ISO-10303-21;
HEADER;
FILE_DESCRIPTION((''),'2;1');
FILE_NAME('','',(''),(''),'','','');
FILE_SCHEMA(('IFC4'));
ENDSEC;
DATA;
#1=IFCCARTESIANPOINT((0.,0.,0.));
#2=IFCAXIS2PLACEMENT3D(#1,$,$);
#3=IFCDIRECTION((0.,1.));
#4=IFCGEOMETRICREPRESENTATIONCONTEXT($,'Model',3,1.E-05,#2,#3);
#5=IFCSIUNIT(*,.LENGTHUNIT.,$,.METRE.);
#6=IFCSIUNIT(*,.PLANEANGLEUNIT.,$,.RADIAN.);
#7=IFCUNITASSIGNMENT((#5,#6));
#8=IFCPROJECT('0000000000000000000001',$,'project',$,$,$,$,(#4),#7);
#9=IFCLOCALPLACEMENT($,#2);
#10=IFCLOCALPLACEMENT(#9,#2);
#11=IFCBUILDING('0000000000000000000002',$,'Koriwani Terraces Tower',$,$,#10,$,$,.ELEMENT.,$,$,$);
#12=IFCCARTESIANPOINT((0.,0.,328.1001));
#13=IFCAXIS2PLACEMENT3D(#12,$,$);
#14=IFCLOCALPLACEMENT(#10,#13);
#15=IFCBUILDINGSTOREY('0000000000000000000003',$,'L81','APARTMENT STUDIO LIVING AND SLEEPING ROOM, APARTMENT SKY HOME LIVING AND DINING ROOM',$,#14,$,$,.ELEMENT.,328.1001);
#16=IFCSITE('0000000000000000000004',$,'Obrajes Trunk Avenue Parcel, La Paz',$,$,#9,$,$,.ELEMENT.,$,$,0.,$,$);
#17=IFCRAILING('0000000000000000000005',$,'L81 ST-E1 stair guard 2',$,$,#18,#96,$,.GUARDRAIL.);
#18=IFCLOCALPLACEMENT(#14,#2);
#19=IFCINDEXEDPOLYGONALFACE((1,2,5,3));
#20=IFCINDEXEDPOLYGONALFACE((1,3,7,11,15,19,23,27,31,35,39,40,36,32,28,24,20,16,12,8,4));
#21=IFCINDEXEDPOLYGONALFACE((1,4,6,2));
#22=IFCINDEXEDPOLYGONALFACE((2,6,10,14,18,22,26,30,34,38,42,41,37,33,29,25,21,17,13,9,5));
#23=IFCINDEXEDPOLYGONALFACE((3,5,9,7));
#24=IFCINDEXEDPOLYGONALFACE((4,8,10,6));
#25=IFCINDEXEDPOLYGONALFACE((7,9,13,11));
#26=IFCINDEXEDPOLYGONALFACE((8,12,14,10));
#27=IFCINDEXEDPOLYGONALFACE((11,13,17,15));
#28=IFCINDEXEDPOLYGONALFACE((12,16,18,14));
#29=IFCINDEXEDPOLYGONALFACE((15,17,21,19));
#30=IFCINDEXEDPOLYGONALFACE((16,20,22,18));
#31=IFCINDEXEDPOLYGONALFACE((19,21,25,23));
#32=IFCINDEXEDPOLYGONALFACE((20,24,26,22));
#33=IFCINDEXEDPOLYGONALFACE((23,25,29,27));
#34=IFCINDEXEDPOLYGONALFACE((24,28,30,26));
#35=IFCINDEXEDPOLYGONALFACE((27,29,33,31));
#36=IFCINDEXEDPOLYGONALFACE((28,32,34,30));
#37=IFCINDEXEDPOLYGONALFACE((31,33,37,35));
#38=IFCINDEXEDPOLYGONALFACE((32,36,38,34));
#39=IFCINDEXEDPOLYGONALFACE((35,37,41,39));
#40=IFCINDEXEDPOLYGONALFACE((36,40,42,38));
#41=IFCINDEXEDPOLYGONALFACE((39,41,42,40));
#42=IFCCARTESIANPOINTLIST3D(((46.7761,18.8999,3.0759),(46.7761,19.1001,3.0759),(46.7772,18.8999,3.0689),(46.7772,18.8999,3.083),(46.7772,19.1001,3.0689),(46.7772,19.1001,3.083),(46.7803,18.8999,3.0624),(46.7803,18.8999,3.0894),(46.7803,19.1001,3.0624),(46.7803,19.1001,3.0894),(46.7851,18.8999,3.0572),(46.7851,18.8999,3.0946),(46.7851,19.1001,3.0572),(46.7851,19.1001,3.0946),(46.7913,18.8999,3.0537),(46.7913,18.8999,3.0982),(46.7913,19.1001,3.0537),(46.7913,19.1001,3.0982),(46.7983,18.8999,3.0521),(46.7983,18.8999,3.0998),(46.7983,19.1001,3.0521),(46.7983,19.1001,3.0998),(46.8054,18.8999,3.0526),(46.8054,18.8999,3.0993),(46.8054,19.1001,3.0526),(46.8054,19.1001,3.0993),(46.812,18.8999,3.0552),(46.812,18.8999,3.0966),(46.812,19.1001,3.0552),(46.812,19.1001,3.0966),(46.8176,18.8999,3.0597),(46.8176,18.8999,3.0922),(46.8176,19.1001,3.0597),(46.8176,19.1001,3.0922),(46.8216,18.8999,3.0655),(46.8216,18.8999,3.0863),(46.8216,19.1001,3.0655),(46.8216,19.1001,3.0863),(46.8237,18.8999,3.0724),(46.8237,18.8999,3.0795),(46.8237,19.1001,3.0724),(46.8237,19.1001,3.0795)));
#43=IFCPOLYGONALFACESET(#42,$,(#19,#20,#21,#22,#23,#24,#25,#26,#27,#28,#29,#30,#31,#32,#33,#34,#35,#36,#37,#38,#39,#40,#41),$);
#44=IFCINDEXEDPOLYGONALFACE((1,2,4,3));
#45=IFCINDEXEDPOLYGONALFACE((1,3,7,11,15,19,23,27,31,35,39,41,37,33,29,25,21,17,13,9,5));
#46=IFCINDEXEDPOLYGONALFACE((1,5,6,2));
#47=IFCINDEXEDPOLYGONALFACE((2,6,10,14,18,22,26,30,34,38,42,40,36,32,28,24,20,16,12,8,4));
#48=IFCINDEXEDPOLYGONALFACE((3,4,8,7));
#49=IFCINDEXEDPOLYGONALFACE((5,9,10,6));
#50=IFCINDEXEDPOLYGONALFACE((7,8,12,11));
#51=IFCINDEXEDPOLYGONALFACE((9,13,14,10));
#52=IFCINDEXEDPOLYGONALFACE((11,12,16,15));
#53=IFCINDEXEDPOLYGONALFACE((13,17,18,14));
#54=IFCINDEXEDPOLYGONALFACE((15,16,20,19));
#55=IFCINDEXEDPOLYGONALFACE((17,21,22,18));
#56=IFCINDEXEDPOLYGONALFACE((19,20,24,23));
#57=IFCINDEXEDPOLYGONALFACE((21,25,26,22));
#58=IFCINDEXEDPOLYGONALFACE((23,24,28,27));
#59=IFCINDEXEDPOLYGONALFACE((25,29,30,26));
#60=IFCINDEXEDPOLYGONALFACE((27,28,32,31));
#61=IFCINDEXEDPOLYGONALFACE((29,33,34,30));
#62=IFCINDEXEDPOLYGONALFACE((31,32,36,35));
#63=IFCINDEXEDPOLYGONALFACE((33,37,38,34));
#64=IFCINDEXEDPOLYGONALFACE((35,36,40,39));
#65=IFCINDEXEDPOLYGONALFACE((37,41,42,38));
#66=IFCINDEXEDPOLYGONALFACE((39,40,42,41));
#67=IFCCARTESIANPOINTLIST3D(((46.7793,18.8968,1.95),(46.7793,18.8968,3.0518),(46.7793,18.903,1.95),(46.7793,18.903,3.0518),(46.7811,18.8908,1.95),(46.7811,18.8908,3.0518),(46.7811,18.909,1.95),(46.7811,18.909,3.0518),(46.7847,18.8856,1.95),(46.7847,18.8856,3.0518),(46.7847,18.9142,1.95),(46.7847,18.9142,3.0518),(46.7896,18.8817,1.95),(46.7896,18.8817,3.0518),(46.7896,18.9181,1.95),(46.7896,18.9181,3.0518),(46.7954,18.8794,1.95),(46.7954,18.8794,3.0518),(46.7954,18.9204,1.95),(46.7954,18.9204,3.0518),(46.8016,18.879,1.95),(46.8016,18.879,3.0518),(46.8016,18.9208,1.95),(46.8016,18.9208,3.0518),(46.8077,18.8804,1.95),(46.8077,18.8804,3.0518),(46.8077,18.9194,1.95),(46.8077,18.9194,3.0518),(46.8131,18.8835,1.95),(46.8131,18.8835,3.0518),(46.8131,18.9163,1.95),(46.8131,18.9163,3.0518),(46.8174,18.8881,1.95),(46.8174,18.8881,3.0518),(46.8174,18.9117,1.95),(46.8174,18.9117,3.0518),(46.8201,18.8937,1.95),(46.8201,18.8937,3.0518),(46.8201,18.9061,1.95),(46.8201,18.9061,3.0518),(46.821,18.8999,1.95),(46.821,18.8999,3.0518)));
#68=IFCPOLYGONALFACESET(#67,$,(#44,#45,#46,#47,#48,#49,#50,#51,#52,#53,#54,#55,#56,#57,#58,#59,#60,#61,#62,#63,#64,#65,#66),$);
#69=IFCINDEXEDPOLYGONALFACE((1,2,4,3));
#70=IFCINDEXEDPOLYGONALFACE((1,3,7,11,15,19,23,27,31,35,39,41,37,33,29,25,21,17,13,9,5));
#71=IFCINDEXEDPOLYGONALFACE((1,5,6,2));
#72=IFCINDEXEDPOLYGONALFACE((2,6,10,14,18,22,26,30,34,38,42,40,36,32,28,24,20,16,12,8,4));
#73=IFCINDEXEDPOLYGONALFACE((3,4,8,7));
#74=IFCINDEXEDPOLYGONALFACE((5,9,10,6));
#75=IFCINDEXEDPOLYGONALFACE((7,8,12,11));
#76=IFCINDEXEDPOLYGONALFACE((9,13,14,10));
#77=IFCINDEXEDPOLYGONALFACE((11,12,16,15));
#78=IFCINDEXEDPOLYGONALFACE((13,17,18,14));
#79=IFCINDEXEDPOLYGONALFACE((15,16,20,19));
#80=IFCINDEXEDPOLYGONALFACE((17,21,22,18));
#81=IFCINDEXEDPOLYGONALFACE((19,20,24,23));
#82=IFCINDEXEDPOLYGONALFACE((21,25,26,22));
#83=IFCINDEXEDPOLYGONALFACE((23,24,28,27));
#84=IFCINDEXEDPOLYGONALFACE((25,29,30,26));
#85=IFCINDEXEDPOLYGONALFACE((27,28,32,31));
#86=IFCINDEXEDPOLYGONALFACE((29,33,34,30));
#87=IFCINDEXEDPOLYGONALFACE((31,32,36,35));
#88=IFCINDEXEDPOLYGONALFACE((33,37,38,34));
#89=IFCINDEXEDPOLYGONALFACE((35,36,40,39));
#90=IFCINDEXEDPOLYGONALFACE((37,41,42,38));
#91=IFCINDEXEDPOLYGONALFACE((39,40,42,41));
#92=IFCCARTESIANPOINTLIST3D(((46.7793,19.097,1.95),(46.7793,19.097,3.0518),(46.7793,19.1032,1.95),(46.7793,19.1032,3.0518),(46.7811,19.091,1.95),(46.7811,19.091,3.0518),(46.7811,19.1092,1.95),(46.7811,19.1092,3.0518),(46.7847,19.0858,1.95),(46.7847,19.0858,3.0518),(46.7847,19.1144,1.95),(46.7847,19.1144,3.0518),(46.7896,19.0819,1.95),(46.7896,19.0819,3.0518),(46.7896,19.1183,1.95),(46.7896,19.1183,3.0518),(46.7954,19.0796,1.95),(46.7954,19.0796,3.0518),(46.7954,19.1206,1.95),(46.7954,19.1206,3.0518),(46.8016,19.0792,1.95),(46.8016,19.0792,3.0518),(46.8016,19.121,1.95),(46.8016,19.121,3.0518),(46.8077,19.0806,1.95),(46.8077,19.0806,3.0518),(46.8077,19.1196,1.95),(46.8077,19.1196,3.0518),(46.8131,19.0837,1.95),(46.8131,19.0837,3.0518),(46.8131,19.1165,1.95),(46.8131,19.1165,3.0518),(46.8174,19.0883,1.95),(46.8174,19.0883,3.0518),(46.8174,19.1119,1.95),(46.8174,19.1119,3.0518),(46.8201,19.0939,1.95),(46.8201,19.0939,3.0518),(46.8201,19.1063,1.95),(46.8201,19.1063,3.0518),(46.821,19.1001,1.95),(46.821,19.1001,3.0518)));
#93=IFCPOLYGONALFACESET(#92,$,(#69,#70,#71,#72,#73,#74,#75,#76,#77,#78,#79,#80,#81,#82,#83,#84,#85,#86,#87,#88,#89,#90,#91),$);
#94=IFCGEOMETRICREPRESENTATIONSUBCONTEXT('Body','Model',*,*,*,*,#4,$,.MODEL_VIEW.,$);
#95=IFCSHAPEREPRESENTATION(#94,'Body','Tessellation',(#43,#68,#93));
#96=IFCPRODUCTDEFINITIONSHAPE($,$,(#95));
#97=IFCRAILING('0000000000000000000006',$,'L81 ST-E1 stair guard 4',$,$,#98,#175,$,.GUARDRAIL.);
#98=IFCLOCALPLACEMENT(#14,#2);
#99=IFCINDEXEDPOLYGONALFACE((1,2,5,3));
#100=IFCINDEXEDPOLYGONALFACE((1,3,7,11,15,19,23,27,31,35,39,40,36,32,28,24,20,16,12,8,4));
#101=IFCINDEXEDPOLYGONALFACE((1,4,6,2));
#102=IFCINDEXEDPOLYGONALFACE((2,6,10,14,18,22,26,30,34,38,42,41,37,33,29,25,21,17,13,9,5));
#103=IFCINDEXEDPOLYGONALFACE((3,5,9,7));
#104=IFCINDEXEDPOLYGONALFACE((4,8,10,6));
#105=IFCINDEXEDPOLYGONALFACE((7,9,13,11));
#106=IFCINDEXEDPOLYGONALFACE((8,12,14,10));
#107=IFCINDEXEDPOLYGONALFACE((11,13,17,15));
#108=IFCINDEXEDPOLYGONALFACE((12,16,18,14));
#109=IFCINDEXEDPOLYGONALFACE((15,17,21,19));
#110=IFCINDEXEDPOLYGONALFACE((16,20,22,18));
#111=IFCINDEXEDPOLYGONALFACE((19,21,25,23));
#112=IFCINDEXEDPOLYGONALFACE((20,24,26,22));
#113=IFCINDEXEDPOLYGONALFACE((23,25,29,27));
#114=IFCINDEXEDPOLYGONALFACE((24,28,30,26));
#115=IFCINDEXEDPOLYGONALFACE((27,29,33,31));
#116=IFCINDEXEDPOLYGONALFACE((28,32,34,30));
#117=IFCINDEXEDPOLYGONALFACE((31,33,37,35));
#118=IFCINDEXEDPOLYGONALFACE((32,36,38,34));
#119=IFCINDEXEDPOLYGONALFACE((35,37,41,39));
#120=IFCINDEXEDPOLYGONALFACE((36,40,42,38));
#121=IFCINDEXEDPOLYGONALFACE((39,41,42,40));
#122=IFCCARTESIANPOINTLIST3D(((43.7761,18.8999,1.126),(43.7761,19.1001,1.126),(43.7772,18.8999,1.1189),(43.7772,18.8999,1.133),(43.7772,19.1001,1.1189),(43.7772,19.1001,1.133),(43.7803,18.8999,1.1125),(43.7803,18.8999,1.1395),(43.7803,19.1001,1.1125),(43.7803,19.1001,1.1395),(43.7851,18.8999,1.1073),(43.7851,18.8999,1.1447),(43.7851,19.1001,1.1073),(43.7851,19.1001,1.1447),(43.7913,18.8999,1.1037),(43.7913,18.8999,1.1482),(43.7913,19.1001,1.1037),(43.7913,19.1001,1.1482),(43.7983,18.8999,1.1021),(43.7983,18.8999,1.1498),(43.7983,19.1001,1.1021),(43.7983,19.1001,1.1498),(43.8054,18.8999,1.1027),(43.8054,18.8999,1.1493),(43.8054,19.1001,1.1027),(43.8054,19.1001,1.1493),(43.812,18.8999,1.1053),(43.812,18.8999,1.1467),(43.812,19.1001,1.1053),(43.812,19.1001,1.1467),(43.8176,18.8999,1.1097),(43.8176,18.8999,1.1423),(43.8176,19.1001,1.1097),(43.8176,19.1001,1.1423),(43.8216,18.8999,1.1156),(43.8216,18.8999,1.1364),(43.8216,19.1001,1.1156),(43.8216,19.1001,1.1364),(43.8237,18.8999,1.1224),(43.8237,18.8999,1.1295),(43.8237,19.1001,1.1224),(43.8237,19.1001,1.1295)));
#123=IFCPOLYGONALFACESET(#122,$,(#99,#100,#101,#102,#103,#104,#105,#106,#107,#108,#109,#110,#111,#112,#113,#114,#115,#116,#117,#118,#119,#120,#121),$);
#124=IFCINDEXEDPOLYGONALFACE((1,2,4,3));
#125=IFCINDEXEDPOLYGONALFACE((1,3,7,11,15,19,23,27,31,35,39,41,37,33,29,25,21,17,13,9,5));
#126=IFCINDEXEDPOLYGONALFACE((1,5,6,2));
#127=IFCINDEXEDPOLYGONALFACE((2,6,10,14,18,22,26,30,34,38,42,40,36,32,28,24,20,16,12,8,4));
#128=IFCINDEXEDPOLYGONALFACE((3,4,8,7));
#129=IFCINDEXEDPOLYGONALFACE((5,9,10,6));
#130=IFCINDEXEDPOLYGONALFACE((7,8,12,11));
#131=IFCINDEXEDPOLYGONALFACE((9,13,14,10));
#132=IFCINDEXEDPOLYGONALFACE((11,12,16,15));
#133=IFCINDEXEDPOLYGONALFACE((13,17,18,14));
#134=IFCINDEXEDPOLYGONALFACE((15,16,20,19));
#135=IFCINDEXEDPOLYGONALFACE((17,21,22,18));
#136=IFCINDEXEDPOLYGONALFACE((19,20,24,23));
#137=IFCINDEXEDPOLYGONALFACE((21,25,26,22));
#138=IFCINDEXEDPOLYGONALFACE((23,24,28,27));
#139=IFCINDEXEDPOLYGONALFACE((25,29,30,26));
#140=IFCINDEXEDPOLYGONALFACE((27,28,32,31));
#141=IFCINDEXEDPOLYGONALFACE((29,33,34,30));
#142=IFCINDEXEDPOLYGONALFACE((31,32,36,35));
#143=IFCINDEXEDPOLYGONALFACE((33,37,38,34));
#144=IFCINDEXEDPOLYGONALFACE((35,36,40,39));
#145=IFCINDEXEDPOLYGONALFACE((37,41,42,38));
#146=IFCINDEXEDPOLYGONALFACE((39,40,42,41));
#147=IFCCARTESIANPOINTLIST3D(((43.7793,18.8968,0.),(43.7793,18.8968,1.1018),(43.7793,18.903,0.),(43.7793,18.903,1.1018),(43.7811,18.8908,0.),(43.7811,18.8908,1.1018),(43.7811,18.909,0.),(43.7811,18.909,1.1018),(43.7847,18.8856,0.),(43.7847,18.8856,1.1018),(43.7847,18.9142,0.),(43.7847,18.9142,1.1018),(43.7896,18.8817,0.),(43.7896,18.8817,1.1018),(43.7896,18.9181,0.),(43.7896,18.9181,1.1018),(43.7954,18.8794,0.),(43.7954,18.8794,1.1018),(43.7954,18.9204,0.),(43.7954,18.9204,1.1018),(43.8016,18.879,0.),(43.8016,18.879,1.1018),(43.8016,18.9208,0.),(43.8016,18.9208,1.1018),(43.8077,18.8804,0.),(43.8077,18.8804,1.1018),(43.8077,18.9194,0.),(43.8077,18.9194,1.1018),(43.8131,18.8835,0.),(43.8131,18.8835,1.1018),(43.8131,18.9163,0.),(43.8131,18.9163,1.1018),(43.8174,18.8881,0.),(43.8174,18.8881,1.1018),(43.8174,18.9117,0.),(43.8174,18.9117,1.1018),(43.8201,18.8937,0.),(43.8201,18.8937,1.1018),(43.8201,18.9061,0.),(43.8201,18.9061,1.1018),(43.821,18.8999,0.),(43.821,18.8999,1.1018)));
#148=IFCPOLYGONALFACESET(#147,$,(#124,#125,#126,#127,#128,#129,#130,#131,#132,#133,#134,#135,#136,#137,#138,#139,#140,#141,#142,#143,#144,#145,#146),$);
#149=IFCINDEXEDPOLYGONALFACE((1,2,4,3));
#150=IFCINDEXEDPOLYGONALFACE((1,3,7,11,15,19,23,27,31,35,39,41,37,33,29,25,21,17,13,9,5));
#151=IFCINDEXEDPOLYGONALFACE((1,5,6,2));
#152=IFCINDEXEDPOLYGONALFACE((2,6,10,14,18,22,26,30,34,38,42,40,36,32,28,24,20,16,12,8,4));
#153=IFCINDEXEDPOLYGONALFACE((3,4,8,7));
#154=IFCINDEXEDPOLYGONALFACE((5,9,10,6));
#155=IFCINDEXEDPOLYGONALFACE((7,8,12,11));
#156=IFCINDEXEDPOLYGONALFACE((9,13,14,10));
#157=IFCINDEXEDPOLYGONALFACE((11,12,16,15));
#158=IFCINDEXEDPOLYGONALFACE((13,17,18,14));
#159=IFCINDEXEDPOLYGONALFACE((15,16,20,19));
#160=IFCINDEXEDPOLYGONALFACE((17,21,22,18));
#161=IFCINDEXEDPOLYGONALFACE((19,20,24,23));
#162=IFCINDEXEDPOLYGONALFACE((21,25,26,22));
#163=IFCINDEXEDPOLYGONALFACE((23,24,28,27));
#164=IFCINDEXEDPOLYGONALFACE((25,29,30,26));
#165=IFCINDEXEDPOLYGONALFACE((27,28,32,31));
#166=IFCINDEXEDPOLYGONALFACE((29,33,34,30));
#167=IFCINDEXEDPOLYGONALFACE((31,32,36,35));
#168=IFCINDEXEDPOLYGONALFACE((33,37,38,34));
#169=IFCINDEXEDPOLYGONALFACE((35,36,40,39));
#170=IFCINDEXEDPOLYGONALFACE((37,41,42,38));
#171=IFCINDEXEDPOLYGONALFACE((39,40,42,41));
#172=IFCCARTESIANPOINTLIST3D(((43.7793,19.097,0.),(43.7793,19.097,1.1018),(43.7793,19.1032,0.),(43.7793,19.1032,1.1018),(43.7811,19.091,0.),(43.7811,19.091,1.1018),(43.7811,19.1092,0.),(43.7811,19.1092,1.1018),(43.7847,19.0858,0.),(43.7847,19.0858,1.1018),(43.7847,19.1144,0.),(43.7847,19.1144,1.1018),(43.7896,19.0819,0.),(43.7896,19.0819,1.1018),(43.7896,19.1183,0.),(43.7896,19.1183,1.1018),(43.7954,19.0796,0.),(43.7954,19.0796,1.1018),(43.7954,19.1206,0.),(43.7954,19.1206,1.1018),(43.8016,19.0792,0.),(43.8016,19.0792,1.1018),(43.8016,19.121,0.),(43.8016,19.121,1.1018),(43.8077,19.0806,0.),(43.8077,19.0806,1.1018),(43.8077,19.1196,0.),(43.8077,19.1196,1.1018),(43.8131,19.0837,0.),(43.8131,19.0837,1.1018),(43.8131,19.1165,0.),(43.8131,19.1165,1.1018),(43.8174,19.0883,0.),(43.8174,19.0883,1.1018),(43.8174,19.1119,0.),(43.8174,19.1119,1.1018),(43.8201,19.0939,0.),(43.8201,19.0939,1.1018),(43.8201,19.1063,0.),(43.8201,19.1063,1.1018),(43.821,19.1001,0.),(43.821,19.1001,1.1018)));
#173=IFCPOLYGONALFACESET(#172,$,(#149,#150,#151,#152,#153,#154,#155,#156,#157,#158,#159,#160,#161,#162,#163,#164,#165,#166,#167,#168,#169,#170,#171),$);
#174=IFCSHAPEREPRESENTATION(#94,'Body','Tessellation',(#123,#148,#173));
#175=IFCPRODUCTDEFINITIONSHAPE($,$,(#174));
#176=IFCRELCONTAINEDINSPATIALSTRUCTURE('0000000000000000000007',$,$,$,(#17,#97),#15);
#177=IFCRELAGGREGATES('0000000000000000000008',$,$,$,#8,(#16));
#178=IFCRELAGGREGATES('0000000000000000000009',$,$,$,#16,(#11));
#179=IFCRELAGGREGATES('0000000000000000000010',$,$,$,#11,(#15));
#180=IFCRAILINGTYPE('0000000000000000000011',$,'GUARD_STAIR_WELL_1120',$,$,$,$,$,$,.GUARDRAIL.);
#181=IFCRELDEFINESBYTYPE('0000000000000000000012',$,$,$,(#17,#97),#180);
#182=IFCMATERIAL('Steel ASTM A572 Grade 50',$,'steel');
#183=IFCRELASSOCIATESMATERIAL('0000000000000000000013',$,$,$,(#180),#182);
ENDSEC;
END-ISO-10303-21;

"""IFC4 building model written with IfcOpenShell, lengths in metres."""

from ifc_helpers import new_model, si_unit, direction, frame, origin, origin_2d, place, context, subcontext, project, spatial, circle, extrude, material, type_object, element, save


model = new_model("IFC4")

# Units and contexts
model_context = context("Model", 3, precision=1e-05, world=origin(), true_north=direction((0.0, 1.0)))
body_context = subcontext(model_context, "Body", "Model", "MODEL_VIEW")
ifc_project = project(units=[si_unit("LENGTHUNIT", "METRE"), si_unit("PLANEANGLEUNIT", "RADIAN")], contexts=[model_context])

# Site, building, storey
site_placement = place(None, origin())
site = spatial("IfcSite", under=ifc_project, at=site_placement, Name="Obrajes Trunk Avenue Parcel, La Paz", CompositionType="ELEMENT", RefElevation=0.0)
building_placement = place(site_placement, origin())
building = spatial("IfcBuilding", under=site, at=building_placement, Name="Koriwani Terraces Tower", CompositionType="ELEMENT")
storey_placement = place(building_placement, frame((0.0, 0.0, 328.1001)))
storey = spatial("IfcBuildingStorey", under=building, at=storey_placement, Name="L81", Description="APARTMENT STUDIO LIVING AND SLEEPING ROOM, APARTMENT SKY HOME LIVING AND DINING ROOM", CompositionType="ELEMENT", Elevation=328.1001)

# Shared definitions
ifc_material_1 = material(Name="Steel ASTM A572 Grade 50", Category="steel")

# Railings
railing_type_1 = type_object("IfcRailingType", Name="GUARD_STAIR_WELL_1120", PredefinedType="GUARDRAIL", material=ifc_material_1)
for number, where, name in (
    (1, (46.8, 18.8999, 1.95), "L81 ST-E1 stair guard 2"),
    (2, (43.8, 18.8999, 0.0), "L81 ST-E1 stair guard 4"),
):
    element("IfcRailing", number, at=place(storey_placement, frame(where)), inside=storey, type_object=railing_type_1, Name=name, PredefinedType="GUARDRAIL", context=body_context, shape_type="SweptSolid", body=[
        extrude(circle(Radius=0.0239, at=origin_2d()), frame((0.0, 0.0, 1.126), z_axis=(0.0, 1.0, 0.0), x_axis=(-1.0, 0.0, 0.0)), (0.0, 0.0, 1.0), 0.2002),
        extrude(circle(Radius=0.021, at=origin_2d()), origin(), (0.0, 0.0, 1.0), 1.1018),
        extrude(circle(Radius=0.021, at=origin_2d()), frame((0.0, 0.2002, 0.0)), (0.0, 0.0, 1.0), 1.1018),
    ])

save(model, "model.ifc")
